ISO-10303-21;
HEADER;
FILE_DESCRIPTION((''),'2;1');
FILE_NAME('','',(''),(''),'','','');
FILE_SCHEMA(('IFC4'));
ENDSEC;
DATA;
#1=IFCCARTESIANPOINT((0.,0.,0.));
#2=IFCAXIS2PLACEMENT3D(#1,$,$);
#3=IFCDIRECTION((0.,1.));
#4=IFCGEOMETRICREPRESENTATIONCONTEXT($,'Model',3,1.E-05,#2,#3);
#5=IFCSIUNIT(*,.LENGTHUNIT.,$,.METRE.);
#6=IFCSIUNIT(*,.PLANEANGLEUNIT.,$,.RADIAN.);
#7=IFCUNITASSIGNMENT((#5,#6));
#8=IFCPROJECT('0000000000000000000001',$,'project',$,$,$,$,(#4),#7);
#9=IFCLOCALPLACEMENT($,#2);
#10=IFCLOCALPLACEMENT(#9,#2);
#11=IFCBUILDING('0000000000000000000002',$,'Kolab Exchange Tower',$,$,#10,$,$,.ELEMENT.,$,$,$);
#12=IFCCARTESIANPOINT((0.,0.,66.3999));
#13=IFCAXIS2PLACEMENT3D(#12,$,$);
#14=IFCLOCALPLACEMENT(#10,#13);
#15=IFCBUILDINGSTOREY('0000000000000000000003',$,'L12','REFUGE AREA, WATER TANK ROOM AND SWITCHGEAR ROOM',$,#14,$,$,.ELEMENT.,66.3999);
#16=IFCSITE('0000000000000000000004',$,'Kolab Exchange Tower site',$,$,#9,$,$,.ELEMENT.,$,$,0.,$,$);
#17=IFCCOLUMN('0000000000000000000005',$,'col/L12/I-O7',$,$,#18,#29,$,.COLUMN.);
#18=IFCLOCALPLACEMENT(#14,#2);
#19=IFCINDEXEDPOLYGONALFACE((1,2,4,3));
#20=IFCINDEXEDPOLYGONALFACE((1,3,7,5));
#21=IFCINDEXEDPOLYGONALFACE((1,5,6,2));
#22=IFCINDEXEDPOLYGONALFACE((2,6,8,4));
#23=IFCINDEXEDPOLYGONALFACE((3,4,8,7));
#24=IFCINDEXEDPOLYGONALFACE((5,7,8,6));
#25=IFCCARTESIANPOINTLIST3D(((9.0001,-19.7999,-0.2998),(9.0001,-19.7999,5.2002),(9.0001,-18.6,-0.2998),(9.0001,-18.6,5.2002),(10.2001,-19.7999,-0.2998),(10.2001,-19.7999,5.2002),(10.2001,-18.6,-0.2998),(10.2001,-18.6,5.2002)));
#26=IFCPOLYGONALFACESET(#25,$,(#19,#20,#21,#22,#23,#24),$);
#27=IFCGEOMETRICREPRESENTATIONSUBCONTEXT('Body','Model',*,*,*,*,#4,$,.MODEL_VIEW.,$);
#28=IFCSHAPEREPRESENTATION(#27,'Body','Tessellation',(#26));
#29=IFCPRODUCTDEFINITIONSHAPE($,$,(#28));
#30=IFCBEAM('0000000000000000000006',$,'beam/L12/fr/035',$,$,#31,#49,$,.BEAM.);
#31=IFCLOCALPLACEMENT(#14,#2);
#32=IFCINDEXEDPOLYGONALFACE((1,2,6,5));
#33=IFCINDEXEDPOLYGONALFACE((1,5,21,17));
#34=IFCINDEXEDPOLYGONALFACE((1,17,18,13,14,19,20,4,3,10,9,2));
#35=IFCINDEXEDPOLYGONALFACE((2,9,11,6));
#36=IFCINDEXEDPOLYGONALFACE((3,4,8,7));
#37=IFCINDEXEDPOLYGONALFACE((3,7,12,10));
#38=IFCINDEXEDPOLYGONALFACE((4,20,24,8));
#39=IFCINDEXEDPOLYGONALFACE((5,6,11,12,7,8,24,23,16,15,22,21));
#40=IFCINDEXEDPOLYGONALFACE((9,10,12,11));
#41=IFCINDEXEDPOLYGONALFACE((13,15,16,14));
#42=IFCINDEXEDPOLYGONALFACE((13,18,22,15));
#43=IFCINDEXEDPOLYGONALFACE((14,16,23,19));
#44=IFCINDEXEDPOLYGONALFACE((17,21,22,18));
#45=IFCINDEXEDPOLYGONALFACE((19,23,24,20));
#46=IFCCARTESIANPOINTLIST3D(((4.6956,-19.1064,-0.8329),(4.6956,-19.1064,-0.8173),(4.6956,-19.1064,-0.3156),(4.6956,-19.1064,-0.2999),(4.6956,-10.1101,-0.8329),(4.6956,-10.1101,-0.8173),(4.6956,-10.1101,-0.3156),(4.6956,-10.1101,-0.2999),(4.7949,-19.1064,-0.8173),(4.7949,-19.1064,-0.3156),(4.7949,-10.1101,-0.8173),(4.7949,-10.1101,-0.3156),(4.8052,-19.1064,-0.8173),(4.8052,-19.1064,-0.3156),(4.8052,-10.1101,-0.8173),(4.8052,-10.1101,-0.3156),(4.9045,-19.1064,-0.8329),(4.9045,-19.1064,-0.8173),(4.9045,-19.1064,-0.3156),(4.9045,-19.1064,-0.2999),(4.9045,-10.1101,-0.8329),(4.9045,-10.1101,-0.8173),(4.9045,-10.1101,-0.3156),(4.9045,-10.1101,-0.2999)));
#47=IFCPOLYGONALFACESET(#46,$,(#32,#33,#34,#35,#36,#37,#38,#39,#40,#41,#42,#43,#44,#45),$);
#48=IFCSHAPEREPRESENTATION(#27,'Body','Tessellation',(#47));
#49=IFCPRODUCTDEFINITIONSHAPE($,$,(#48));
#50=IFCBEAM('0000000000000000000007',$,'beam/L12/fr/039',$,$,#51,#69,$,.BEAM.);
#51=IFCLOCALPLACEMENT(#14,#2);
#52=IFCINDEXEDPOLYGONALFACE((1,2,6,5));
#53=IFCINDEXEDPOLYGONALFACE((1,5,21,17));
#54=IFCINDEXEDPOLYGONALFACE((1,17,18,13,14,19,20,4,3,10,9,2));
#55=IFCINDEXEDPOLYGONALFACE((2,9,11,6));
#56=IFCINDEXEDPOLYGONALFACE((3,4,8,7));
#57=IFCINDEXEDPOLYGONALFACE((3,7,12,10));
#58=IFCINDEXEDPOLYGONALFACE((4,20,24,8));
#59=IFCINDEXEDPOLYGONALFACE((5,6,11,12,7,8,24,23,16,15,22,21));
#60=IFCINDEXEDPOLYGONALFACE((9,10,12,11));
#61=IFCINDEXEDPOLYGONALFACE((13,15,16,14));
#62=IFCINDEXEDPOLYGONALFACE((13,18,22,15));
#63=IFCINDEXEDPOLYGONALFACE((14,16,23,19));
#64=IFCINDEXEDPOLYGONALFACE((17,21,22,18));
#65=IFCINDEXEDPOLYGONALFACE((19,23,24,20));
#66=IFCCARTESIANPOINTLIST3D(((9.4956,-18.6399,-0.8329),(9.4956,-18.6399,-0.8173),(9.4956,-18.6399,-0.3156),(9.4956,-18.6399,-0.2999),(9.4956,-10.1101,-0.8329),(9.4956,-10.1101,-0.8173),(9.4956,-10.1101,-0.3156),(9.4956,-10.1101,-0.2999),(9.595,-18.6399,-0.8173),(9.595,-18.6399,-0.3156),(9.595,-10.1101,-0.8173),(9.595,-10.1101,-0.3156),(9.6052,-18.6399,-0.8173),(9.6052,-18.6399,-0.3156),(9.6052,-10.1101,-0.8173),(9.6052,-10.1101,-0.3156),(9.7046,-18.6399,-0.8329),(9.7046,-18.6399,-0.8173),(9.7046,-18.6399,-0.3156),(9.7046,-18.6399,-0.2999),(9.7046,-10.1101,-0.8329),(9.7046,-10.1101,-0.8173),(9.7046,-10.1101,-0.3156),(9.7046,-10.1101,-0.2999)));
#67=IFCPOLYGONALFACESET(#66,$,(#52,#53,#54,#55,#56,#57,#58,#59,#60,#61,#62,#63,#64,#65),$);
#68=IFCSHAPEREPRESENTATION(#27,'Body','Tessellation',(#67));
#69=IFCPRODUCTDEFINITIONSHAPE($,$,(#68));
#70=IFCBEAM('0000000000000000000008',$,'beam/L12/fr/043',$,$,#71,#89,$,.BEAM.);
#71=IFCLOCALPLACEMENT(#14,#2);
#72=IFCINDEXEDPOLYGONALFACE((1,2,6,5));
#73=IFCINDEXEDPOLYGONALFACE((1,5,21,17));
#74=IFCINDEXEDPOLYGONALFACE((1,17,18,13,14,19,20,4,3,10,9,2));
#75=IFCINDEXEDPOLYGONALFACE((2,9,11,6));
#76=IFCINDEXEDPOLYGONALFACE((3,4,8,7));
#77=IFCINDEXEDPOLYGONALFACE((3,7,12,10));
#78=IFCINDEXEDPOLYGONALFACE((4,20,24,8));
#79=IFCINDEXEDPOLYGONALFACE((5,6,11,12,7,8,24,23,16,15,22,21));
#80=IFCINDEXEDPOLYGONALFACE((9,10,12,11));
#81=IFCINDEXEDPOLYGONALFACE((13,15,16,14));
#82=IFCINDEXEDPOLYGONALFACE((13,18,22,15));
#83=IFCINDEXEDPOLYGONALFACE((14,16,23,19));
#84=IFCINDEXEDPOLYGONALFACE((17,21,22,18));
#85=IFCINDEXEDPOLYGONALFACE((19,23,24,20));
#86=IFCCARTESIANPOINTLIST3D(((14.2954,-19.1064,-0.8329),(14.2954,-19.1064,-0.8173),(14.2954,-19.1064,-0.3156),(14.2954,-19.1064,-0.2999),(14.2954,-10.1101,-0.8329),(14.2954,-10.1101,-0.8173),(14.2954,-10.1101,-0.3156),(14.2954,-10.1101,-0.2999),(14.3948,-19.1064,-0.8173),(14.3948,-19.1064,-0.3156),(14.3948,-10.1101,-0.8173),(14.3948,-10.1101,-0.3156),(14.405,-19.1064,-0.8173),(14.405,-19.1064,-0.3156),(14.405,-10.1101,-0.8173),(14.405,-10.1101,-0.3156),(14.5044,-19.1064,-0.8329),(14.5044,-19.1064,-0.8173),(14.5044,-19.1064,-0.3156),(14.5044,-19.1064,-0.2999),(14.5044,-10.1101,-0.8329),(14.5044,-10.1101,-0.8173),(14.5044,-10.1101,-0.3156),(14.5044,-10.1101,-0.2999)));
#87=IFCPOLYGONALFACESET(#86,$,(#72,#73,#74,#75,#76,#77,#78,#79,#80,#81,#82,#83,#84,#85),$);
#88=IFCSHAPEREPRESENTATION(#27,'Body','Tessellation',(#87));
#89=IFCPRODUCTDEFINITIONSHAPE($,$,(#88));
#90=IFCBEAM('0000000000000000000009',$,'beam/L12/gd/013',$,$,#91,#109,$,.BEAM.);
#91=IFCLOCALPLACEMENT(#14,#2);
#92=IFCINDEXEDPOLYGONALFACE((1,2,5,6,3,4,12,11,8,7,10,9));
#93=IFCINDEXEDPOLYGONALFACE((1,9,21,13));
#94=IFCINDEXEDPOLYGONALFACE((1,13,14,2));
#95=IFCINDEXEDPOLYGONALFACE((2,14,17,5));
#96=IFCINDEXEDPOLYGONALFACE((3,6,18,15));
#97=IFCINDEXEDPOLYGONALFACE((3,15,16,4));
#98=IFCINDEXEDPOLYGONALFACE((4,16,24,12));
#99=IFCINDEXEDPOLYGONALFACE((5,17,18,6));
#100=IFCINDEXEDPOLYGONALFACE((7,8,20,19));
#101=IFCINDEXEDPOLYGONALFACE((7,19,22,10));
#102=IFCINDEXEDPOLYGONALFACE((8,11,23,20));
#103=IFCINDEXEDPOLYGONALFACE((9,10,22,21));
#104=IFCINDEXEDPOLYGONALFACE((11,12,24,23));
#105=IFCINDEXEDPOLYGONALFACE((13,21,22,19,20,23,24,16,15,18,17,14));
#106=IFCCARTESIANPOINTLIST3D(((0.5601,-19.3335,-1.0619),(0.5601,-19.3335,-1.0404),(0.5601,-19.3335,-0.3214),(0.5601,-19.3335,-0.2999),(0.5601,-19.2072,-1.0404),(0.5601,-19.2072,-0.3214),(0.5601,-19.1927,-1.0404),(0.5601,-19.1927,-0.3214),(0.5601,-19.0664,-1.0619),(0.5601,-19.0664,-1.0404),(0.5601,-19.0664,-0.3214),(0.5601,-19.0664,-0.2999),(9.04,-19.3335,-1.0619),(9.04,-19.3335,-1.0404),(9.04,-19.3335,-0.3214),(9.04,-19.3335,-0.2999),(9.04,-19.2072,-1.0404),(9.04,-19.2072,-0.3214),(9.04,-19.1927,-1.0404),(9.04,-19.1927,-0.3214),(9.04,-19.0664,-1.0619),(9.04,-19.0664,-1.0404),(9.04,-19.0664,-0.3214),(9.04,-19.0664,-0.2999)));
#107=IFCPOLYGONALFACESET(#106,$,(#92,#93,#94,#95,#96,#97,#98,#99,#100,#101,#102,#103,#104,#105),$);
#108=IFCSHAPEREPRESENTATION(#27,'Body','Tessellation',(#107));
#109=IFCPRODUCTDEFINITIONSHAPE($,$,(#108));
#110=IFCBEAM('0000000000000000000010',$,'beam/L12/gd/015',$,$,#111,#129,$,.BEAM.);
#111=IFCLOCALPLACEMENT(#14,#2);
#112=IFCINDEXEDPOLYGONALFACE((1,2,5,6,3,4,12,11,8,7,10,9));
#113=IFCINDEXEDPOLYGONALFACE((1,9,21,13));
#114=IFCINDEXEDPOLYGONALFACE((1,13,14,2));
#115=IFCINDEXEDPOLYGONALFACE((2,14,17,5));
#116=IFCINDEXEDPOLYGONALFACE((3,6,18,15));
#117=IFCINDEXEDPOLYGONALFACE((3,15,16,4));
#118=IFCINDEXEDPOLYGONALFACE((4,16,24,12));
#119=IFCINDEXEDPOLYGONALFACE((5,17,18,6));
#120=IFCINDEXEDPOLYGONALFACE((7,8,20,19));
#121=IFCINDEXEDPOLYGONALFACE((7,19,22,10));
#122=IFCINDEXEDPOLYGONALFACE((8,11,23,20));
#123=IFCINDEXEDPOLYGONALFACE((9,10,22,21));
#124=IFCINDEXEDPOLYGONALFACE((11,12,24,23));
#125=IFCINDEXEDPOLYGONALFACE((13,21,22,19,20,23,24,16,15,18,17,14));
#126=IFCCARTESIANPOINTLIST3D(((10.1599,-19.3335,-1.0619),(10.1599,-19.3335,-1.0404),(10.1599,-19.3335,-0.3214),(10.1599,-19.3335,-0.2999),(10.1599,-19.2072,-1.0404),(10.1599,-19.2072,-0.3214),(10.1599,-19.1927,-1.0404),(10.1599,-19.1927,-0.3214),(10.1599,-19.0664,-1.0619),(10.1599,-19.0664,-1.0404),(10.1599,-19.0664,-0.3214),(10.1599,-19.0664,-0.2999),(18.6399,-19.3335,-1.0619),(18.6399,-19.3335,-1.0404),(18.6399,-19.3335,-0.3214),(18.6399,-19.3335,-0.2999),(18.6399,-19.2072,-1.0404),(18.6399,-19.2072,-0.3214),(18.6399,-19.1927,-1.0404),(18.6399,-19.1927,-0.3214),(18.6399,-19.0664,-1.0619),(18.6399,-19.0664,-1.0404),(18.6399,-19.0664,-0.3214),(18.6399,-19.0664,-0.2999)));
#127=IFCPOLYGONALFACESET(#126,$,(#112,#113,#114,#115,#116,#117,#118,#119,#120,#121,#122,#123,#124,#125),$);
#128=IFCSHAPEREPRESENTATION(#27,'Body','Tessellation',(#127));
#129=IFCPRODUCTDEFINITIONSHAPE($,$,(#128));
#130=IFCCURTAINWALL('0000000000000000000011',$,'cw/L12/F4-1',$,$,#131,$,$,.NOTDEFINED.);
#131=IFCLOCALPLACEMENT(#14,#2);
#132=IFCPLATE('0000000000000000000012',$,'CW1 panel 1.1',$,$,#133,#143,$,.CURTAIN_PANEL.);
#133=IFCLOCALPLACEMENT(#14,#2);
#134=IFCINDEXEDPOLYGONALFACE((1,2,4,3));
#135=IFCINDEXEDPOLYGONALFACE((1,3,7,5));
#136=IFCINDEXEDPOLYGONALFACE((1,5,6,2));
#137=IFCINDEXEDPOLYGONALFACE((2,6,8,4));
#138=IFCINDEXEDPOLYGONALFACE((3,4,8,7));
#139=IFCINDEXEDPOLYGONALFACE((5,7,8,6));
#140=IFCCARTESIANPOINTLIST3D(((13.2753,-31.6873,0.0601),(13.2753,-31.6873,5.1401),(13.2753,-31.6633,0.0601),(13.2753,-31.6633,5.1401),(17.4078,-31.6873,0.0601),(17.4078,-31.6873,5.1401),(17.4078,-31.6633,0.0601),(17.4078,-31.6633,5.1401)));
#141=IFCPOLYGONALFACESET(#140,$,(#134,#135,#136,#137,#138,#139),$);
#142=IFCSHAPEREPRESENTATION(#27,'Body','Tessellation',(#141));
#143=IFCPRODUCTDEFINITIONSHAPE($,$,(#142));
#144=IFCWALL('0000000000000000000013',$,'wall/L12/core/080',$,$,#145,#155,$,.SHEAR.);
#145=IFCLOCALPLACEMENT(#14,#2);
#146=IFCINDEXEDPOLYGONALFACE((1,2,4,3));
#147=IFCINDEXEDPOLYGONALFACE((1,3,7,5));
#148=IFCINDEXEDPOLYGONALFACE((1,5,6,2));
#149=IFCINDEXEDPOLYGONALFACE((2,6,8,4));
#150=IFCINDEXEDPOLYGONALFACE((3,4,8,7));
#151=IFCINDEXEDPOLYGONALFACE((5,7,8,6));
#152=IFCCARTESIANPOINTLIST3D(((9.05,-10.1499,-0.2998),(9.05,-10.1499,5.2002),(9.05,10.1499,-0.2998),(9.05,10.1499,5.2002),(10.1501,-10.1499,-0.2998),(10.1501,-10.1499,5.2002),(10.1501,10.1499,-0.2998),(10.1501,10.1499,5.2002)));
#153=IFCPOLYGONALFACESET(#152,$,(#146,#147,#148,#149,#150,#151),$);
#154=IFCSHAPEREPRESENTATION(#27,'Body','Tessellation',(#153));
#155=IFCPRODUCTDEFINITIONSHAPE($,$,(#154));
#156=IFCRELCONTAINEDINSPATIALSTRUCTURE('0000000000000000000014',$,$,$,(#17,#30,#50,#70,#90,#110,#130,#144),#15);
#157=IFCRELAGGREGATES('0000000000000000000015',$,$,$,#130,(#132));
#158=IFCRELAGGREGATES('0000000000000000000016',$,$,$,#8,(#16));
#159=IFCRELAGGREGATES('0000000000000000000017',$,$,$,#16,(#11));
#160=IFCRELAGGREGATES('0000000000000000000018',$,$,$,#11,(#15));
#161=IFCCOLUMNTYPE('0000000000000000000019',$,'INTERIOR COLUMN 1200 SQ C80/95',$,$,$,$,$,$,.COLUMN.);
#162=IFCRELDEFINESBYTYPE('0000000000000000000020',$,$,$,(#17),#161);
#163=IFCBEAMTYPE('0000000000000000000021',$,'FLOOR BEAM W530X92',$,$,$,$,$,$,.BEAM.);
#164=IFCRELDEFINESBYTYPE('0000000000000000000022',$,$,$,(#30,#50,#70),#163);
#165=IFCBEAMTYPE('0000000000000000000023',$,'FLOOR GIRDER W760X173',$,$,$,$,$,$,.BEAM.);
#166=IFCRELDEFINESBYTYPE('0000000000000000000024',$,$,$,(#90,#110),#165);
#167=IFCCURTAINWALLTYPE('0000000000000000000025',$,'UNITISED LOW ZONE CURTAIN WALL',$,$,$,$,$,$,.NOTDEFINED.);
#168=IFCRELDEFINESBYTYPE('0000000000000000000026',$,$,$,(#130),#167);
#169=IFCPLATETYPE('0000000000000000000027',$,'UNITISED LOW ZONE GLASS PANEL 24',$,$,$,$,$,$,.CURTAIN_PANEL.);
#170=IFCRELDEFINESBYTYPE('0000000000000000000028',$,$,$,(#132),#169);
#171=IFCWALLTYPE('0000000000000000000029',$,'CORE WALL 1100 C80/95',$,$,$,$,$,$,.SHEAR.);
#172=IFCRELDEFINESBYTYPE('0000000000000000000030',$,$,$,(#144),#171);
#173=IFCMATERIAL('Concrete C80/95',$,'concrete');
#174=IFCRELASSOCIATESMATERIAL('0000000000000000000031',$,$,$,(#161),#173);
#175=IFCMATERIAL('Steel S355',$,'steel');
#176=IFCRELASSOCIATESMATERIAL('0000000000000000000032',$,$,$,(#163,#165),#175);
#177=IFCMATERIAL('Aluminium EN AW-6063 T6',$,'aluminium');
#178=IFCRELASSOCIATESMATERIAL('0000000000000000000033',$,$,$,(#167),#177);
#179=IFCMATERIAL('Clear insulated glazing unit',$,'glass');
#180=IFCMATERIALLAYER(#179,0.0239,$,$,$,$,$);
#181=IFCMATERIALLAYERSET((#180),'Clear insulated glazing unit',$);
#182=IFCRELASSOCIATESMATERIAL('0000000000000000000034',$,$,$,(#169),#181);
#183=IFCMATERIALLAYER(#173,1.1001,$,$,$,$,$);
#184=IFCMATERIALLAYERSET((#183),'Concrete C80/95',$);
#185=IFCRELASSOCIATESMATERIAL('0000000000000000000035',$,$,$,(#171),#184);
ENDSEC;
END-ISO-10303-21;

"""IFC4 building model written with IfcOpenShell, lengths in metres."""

from ifc_helpers import new_model, si_unit, direction, frame, frame_2d, origin, origin_2d, place, context, subcontext, project, spatial, rectangle, i_section, extrude, material, layer, layer_set, material_profile, profile_set, type_object, element, aggregate, save


model = new_model("IFC4")

# Units and contexts
model_context = context("Model", 3, precision=1e-05, world=origin(), true_north=direction((0.0, 1.0)))
body_context = subcontext(model_context, "Body", "Model", "MODEL_VIEW")
ifc_project = project(units=[si_unit("LENGTHUNIT", "METRE"), si_unit("PLANEANGLEUNIT", "RADIAN")], contexts=[model_context])

# Site, building, storey
site_placement = place(None, origin())
site = spatial("IfcSite", under=ifc_project, at=site_placement, Name="Kolab Exchange Tower site", CompositionType="ELEMENT", RefElevation=0.0)
building_placement = place(site_placement, origin())
building = spatial("IfcBuilding", under=site, at=building_placement, Name="Kolab Exchange Tower", CompositionType="ELEMENT")
storey_placement = place(building_placement, frame((0.0, 0.0, 66.3999)))
storey = spatial("IfcBuildingStorey", under=building, at=storey_placement, Name="L12", Description="REFUGE AREA, WATER TANK ROOM AND SWITCHGEAR ROOM", CompositionType="ELEMENT", Elevation=66.3999)

# Column
ifc_material_1 = material(Name="Concrete C80/95", Category="concrete")
ifc_material_profile_1 = material_profile(ifc_material_1, rectangle(XDim=1.2, YDim=1.2, at=origin_2d()), Name="RC1200")
ifc_profile_set_1 = profile_set([ifc_material_profile_1], Name="Concrete C80/95")
column_type = type_object("IfcColumnType", Name="INTERIOR COLUMN 1200 SQ C80/95", PredefinedType="COLUMN", material=ifc_profile_set_1)
column_placement = place(storey_placement, frame((9.6001, -19.2, -0.2998), z_axis=(0.0, 0.0, 1.0), x_axis=(1.0, 0.0, 0.0)))
element("IfcColumn", 1, at=column_placement, inside=storey, type_object=column_type, Name="col/L12/I-O7", PredefinedType="COLUMN", context=body_context, shape_type="SweptSolid", body=[
    extrude(rectangle(XDim=1.2, YDim=1.2, at=origin_2d()), origin(), (0.0, 0.0, 1.0), 5.5),
])

# Beams
ifc_material_2 = material(Name="Steel S355", Category="steel")
ifc_material_profile_2 = material_profile(ifc_material_2, i_section(OverallWidth=0.209, OverallDepth=0.533, WebThickness=0.0103, FlangeThickness=0.0156, at=origin_2d()), Name="W530X92")
ifc_profile_set_2 = profile_set([ifc_material_profile_2], Name="Steel S355")
beam_type_1 = type_object("IfcBeamType", Name="FLOOR BEAM W530X92", PredefinedType="BEAM", material=ifc_profile_set_2)
beam_1_placement = place(storey_placement, frame((4.8, -19.1064, -0.5664), z_axis=(0.0, 1.0, 0.0), x_axis=(-1.0, 0.0, 0.0)))
element("IfcBeam", 2, at=beam_1_placement, inside=storey, type_object=beam_type_1, Name="beam/L12/fr/035", PredefinedType="BEAM", context=body_context, shape_type="SweptSolid", body=[
    extrude(i_section(OverallWidth=0.209, OverallDepth=0.533, WebThickness=0.0103, FlangeThickness=0.0156, at=origin_2d()), origin(), (0.0, 0.0, 1.0), 8.9963),
])
beam_2_placement = place(storey_placement, frame((9.6001, -18.6399, -0.5664), z_axis=(0.0, 1.0, 0.0), x_axis=(-1.0, 0.0, 0.0)))
element("IfcBeam", 3, at=beam_2_placement, inside=storey, type_object=beam_type_1, Name="beam/L12/fr/039", PredefinedType="BEAM", context=body_context, shape_type="SweptSolid", body=[
    extrude(i_section(OverallWidth=0.209, OverallDepth=0.533, WebThickness=0.0103, FlangeThickness=0.0156, at=origin_2d()), origin(), (0.0, 0.0, 1.0), 8.5298),
])
beam_3_placement = place(storey_placement, frame((14.3999, -19.1064, -0.5664), z_axis=(0.0, 1.0, 0.0), x_axis=(-1.0, 0.0, 0.0)))
element("IfcBeam", 4, at=beam_3_placement, inside=storey, type_object=beam_type_1, Name="beam/L12/fr/043", PredefinedType="BEAM", context=body_context, shape_type="SweptSolid", body=[
    extrude(i_section(OverallWidth=0.209, OverallDepth=0.533, WebThickness=0.0103, FlangeThickness=0.0156, at=origin_2d()), origin(), (0.0, 0.0, 1.0), 8.9963),
])
ifc_material_profile_3 = material_profile(ifc_material_2, i_section(OverallWidth=0.2671, OverallDepth=0.762, WebThickness=0.0144, FlangeThickness=0.0215, at=origin_2d()), Name="W760X173")
ifc_profile_set_3 = profile_set([ifc_material_profile_3], Name="Steel S355")
beam_type_2 = type_object("IfcBeamType", Name="FLOOR GIRDER W760X173", PredefinedType="BEAM", material=ifc_profile_set_3)
for number, where, z_axis, x_axis, name in (
    (5, (0.5601, -19.2, -0.6809), (1.0, 0.0, 0.0), (0.0, 1.0, 0.0), "beam/L12/gd/013"),
    (6, (10.1599, -19.2, -0.6809), (1.0, 0.0, 0.0), (0.0, 1.0, 0.0), "beam/L12/gd/015"),
):
    element("IfcBeam", number, at=place(storey_placement, frame(where, z_axis=z_axis, x_axis=x_axis)), inside=storey, type_object=beam_type_2, Name=name, PredefinedType="BEAM", context=body_context, shape_type="SweptSolid", body=[
        extrude(i_section(OverallWidth=0.2671, OverallDepth=0.762, WebThickness=0.0144, FlangeThickness=0.0215, at=origin_2d()), origin(), (0.0, 0.0, 1.0), 8.48),
    ])

# Curtain wall, plate
ifc_material_3 = material(Name="Aluminium EN AW-6063 T6", Category="aluminium")
curtain_wall_type = type_object("IfcCurtainWallType", Name="UNITISED LOW ZONE CURTAIN WALL", PredefinedType="NOTDEFINED", material=ifc_material_3)
curtain_wall_placement = place(storey_placement, origin())
curtain_wall = element("IfcCurtainWall", 7, at=curtain_wall_placement, inside=storey, type_object=curtain_wall_type, Name="cw/L12/F4-1", PredefinedType="NOTDEFINED")
ifc_material_4 = material(Name="Clear insulated glazing unit", Category="glass")
ifc_layer_1 = layer(ifc_material_4, 0.0239)
ifc_layer_set_1 = layer_set([ifc_layer_1], Name="Clear insulated glazing unit")
plate_type = type_object("IfcPlateType", Name="UNITISED LOW ZONE GLASS PANEL 24", PredefinedType="CURTAIN_PANEL", material=ifc_layer_set_1)
plate_placement = place(storey_placement, frame((15.3416, -31.6753, 0.0601), z_axis=(0.0, 0.0, 1.0), x_axis=(-1.0, 0.0, 0.0)))
plate = element("IfcPlate", 8, at=plate_placement, type_object=plate_type, Name="CW1 panel 1.1", PredefinedType="CURTAIN_PANEL", context=body_context, shape_type="SweptSolid", body=[
    extrude(rectangle(XDim=4.1326, YDim=0.0239, at=origin_2d()), origin(), (0.0, 0.0, 1.0), 5.0801),
])
aggregate(curtain_wall, [plate])

# Wall
ifc_layer_2 = layer(ifc_material_1, 1.1001)
ifc_layer_set_2 = layer_set([ifc_layer_2], Name="Concrete C80/95")
wall_type_1 = type_object("IfcWallType", Name="CORE WALL 1100 C80/95", PredefinedType="SHEAR", material=ifc_layer_set_2)
wall_1_placement = place(storey_placement, frame((9.6001, -10.1499, -0.2998), z_axis=(0.0, 0.0, 1.0), x_axis=(0.0, 1.0, 0.0)))
element("IfcWall", 9, at=wall_1_placement, inside=storey, type_object=wall_type_1, Name="wall/L12/core/080", PredefinedType="SHEAR", context=body_context, shape_type="SweptSolid", body=[
    extrude(rectangle(XDim=20.2998, YDim=1.1001, at=frame_2d((10.1499, 0.0))), origin(), (0.0, 0.0, 1.0), 5.5),
])

save(model, "model.ifc")
